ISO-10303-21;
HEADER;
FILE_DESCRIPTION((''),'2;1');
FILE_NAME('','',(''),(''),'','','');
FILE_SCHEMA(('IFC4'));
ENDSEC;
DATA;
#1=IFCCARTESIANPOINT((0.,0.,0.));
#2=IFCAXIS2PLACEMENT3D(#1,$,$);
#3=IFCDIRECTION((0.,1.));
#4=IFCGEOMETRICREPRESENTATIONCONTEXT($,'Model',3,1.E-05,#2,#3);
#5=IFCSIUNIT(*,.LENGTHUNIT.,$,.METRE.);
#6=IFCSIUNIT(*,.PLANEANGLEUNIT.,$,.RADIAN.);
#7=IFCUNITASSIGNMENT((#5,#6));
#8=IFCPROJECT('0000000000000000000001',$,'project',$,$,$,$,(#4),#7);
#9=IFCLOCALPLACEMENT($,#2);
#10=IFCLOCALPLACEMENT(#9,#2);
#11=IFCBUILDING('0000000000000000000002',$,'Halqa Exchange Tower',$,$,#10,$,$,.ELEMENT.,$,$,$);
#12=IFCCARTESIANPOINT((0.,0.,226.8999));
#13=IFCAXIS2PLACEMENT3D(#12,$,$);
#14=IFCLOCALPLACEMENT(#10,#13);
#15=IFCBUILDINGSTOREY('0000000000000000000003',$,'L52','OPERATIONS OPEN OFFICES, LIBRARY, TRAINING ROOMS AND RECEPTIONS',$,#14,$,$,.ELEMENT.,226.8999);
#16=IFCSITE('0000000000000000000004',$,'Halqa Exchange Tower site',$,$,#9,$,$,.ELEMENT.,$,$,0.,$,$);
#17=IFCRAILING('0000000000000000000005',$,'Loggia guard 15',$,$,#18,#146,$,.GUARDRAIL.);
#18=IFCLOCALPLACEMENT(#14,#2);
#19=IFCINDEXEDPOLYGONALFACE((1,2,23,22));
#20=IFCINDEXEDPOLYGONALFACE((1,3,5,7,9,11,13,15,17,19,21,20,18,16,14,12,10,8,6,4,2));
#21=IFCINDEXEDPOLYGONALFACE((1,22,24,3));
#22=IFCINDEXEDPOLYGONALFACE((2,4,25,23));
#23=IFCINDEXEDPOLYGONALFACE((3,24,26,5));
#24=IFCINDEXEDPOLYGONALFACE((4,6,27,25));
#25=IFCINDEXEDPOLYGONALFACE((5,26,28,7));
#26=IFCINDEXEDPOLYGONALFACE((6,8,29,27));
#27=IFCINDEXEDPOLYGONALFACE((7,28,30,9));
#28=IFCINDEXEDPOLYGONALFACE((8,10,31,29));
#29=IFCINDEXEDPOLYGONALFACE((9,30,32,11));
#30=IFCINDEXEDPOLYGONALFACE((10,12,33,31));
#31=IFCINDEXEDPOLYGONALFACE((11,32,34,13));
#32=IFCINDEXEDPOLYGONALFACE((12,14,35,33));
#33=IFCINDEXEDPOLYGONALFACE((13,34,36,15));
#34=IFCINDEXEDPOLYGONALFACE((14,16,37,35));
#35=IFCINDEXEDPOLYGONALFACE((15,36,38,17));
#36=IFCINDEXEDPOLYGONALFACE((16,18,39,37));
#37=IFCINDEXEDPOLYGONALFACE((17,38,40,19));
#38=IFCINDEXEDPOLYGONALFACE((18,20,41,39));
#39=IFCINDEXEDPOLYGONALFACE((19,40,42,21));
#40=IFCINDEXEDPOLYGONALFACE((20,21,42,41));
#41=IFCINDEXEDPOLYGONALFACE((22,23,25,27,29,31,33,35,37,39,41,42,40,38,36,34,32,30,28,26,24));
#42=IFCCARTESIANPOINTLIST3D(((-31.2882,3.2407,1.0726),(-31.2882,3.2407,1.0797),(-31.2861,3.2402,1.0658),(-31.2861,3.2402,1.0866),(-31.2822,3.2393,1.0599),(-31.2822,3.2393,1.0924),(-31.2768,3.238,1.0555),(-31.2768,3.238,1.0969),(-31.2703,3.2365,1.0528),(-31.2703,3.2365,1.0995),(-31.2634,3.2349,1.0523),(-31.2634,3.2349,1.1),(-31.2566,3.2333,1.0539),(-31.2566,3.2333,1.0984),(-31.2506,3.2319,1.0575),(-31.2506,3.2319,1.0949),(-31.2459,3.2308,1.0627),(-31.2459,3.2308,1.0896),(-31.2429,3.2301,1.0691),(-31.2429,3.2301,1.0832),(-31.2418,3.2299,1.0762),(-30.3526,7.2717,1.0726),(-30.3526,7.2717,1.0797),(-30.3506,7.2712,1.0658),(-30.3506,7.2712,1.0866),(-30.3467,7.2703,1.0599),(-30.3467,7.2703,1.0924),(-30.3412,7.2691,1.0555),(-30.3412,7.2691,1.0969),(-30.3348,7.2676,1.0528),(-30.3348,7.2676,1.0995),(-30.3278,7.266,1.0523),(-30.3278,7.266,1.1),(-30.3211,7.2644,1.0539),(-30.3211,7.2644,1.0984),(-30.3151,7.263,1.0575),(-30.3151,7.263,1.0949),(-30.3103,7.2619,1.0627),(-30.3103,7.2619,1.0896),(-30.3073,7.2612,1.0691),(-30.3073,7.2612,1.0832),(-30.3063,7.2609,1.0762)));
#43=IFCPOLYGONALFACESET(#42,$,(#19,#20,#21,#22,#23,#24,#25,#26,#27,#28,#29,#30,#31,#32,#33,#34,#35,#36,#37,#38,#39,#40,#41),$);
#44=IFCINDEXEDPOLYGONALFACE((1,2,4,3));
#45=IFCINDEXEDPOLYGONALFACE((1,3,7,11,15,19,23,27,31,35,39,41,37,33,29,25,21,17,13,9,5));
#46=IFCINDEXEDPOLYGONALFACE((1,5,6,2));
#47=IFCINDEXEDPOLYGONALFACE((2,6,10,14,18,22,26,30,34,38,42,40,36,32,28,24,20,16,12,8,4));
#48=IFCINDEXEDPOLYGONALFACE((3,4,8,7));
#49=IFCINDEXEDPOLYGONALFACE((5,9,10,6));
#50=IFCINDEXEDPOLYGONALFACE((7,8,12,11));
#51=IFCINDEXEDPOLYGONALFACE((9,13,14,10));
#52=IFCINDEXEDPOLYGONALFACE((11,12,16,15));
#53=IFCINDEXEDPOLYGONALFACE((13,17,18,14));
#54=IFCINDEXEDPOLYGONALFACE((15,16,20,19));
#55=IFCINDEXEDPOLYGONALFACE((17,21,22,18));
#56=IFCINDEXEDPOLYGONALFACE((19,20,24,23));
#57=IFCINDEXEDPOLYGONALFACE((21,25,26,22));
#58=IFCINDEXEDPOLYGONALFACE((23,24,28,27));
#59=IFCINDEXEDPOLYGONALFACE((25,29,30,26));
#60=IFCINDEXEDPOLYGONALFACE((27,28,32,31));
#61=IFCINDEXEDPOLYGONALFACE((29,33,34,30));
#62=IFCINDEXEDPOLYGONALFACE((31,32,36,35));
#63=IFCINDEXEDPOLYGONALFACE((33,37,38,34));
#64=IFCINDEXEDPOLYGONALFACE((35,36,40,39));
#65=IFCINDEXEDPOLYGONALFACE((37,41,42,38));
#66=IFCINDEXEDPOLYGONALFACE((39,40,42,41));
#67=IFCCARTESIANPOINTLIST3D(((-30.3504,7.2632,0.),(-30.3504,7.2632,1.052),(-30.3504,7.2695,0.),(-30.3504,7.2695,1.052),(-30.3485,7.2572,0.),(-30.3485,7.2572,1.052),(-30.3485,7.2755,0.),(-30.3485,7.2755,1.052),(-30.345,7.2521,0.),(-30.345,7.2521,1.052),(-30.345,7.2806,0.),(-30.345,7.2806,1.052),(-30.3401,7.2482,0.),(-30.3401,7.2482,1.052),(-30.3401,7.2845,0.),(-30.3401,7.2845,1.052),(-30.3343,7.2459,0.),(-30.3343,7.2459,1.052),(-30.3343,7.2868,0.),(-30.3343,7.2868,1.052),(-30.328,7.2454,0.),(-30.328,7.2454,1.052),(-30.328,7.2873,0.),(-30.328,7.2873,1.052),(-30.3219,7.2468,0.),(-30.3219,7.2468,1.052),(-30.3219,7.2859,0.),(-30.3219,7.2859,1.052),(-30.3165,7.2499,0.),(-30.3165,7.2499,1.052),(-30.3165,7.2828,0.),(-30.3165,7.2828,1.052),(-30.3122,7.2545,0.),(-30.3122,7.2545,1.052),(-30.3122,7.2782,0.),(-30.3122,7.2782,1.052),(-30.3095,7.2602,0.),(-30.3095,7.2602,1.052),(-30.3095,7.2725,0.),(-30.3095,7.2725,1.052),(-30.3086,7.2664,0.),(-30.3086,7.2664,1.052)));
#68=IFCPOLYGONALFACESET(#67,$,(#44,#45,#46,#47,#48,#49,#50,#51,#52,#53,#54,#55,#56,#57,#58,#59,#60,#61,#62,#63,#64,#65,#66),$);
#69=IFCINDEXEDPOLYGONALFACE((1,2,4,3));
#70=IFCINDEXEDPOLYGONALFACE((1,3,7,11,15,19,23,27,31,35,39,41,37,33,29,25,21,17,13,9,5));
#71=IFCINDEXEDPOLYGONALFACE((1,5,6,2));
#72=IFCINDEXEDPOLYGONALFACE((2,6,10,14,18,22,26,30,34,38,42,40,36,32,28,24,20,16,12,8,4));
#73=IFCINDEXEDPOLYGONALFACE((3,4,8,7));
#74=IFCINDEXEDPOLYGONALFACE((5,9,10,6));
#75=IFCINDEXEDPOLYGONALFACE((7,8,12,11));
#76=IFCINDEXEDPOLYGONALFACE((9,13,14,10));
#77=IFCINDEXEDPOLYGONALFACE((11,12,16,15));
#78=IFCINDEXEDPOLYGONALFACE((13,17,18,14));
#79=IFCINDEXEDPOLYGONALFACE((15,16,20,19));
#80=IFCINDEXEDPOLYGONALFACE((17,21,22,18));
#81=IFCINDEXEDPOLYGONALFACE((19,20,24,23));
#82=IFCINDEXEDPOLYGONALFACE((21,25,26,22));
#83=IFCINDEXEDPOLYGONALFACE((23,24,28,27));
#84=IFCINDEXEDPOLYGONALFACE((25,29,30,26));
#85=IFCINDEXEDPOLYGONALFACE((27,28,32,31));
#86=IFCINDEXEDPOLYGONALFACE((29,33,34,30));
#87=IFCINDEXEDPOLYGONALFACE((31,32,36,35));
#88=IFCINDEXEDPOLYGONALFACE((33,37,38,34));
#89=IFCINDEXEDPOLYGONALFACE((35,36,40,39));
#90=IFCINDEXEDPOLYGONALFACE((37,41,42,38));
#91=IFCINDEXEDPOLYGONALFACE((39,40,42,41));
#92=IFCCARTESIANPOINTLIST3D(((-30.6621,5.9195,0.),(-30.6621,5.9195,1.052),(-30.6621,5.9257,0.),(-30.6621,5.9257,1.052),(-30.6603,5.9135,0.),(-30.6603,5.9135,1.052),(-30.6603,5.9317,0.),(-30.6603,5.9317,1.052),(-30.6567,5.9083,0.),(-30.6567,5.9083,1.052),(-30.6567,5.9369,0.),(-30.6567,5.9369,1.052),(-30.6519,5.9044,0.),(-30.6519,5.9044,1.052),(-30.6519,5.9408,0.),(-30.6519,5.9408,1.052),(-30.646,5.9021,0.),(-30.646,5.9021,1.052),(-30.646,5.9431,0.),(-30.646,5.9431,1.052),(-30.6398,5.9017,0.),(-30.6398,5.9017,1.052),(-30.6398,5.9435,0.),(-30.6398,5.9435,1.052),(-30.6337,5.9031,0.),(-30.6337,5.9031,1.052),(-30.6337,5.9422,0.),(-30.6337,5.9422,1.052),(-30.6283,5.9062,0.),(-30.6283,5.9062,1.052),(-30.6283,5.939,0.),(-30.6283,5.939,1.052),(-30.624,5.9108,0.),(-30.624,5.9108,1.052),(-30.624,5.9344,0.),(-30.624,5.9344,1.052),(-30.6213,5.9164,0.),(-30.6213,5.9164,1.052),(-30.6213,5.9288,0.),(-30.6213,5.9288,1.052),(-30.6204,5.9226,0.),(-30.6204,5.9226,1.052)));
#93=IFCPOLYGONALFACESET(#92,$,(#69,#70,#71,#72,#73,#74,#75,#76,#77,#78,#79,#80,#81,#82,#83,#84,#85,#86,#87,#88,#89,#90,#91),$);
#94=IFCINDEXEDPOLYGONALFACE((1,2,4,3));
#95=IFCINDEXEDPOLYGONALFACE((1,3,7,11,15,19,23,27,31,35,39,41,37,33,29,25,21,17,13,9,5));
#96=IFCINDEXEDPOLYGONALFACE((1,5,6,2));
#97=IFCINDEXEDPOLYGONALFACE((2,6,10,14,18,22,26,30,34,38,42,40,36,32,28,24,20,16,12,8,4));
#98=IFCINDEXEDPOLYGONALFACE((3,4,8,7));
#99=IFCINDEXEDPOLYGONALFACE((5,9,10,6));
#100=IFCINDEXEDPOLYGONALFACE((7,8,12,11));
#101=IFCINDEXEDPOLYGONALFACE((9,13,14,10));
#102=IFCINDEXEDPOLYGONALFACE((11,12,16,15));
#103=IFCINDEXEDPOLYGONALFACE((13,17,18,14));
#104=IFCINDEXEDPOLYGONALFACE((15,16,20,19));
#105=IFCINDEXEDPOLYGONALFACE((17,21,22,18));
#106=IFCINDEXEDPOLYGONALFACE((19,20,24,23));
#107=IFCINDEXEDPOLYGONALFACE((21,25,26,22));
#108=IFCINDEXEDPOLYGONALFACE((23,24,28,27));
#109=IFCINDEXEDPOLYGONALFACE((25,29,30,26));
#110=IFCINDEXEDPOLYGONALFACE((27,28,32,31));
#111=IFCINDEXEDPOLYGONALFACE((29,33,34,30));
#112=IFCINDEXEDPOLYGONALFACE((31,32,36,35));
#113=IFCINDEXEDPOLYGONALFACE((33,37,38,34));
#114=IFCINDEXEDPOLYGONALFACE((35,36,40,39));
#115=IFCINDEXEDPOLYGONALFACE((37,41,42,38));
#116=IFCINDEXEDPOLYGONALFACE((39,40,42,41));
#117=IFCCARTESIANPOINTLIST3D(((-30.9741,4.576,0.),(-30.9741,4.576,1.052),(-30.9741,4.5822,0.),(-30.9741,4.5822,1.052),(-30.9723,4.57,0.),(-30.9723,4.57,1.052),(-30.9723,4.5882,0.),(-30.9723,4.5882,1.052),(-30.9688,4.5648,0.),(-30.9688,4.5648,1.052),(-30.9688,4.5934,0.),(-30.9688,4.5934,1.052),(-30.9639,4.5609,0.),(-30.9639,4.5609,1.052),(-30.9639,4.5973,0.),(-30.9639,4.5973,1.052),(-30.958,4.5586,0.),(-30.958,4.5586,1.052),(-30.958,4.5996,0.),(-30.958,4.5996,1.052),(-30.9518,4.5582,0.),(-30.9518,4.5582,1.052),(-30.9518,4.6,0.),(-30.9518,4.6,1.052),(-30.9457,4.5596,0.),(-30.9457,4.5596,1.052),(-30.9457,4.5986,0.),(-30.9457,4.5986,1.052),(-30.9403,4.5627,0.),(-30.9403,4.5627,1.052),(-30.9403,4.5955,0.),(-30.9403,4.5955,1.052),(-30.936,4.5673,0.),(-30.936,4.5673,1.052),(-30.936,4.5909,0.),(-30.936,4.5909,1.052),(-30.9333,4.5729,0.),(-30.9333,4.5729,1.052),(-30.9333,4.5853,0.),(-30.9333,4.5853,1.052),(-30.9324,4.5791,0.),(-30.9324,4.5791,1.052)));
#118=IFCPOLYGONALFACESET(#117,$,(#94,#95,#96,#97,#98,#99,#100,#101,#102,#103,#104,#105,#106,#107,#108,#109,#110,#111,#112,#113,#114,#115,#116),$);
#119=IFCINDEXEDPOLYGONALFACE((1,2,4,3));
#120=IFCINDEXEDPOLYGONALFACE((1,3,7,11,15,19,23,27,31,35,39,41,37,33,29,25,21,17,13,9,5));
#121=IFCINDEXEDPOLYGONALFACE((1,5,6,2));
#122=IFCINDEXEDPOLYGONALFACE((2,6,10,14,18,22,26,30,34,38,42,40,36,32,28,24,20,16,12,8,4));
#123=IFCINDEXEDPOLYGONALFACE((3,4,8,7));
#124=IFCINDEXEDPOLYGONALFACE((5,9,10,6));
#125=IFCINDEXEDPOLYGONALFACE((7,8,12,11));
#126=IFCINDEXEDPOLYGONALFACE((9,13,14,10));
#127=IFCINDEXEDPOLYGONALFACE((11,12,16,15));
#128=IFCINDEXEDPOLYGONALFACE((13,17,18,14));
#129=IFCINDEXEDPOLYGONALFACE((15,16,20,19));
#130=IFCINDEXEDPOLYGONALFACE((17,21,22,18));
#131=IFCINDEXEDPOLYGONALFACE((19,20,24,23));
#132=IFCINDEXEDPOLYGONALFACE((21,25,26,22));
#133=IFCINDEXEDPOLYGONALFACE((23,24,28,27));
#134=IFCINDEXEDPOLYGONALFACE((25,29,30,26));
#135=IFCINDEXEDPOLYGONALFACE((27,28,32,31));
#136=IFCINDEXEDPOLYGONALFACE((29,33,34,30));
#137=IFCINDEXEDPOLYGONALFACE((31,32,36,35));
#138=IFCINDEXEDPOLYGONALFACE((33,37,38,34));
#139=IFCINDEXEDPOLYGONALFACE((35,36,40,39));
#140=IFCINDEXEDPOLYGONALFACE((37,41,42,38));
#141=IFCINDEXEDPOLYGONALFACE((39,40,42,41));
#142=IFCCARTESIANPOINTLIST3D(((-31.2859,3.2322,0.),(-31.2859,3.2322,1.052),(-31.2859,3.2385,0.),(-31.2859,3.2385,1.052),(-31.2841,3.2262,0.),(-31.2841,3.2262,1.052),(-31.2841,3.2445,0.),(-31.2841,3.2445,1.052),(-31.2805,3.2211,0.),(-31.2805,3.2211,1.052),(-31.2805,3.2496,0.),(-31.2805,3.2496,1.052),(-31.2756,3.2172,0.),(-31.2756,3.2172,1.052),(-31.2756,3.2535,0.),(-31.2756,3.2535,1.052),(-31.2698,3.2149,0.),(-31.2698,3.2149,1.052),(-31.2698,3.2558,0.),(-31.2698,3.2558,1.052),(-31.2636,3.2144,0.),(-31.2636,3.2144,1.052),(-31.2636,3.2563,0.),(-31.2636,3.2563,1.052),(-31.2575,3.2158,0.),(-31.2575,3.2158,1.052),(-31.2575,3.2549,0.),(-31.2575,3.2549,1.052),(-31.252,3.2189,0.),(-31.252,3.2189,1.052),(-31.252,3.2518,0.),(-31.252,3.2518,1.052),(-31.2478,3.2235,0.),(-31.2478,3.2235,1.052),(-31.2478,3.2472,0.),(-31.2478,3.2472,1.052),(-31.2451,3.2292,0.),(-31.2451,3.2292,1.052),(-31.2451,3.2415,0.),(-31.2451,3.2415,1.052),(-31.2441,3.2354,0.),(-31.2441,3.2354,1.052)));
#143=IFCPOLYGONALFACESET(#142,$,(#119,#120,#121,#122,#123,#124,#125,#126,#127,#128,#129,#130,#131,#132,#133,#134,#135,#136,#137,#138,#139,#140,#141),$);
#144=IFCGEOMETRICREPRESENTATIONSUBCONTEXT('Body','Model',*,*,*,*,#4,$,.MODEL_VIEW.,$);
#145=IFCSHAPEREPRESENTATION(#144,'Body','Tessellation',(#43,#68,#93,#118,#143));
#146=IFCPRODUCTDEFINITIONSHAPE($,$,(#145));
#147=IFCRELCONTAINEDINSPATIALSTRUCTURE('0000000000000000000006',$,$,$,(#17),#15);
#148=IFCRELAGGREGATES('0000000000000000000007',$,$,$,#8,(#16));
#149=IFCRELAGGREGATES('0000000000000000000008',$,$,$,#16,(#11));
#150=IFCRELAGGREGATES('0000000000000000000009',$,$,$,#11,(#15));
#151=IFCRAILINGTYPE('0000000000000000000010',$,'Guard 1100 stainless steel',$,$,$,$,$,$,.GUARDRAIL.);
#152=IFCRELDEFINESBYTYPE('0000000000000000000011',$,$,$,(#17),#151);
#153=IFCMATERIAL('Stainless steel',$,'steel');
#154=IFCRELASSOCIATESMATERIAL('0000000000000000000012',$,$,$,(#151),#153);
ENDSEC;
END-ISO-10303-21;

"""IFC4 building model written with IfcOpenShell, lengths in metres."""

from ifc_helpers import new_model, si_unit, direction, frame, origin, origin_2d, place, context, subcontext, project, spatial, circle, extrude, material, type_object, element, save


model = new_model("IFC4")

# Units and contexts
model_context = context("Model", 3, precision=1e-05, world=origin(), true_north=direction((0.0, 1.0)))
body_context = subcontext(model_context, "Body", "Model", "MODEL_VIEW")
ifc_project = project(units=[si_unit("LENGTHUNIT", "METRE"), si_unit("PLANEANGLEUNIT", "RADIAN")], contexts=[model_context])

# Site, building, storey
site_placement = place(None, origin())
site = spatial("IfcSite", under=ifc_project, at=site_placement, Name="Halqa Exchange Tower site", CompositionType="ELEMENT", RefElevation=0.0)
building_placement = place(site_placement, origin())
building = spatial("IfcBuilding", under=site, at=building_placement, Name="Halqa Exchange Tower", CompositionType="ELEMENT")
storey_placement = place(building_placement, frame((0.0, 0.0, 226.8999)))
storey = spatial("IfcBuildingStorey", under=building, at=storey_placement, Name="L52", Description="OPERATIONS OPEN OFFICES, LIBRARY, TRAINING ROOMS AND RECEPTIONS", CompositionType="ELEMENT", Elevation=226.8999)

# Railing
ifc_material_1 = material(Name="Stainless steel", Category="steel")
railing_type = type_object("IfcRailingType", Name="Guard 1100 stainless steel", PredefinedType="GUARDRAIL", material=ifc_material_1)
railing_1_placement = place(storey_placement, frame((-30.3296, 7.2664, 0.0)))
element("IfcRailing", 1, at=railing_1_placement, inside=storey, type_object=railing_type, Name="Loggia guard 15", PredefinedType="GUARDRAIL", context=body_context, shape_type="SweptSolid", body=[
    extrude(circle(Radius=0.0239, at=origin_2d()), frame((0.0, 0.0, 1.0762), z_axis=(-0.226079, -0.974109, 0.0), x_axis=(0.974109, -0.226079, 0.0)), (0.0, 0.0, 1.0), 4.1382),
    extrude(circle(Radius=0.021, at=origin_2d()), origin(), (0.0, 0.0, 1.0), 1.052),
    extrude(circle(Radius=0.021, at=origin_2d()), frame((-0.3118, -1.3438, 0.0)), (0.0, 0.0, 1.0), 1.052),
    extrude(circle(Radius=0.021, at=origin_2d()), frame((-0.6238, -2.6873, 0.0)), (0.0, 0.0, 1.0), 1.052),
    extrude(circle(Radius=0.021, at=origin_2d()), frame((-0.9355, -4.031, 0.0)), (0.0, 0.0, 1.0), 1.052),
])

save(model, "model.ifc")
